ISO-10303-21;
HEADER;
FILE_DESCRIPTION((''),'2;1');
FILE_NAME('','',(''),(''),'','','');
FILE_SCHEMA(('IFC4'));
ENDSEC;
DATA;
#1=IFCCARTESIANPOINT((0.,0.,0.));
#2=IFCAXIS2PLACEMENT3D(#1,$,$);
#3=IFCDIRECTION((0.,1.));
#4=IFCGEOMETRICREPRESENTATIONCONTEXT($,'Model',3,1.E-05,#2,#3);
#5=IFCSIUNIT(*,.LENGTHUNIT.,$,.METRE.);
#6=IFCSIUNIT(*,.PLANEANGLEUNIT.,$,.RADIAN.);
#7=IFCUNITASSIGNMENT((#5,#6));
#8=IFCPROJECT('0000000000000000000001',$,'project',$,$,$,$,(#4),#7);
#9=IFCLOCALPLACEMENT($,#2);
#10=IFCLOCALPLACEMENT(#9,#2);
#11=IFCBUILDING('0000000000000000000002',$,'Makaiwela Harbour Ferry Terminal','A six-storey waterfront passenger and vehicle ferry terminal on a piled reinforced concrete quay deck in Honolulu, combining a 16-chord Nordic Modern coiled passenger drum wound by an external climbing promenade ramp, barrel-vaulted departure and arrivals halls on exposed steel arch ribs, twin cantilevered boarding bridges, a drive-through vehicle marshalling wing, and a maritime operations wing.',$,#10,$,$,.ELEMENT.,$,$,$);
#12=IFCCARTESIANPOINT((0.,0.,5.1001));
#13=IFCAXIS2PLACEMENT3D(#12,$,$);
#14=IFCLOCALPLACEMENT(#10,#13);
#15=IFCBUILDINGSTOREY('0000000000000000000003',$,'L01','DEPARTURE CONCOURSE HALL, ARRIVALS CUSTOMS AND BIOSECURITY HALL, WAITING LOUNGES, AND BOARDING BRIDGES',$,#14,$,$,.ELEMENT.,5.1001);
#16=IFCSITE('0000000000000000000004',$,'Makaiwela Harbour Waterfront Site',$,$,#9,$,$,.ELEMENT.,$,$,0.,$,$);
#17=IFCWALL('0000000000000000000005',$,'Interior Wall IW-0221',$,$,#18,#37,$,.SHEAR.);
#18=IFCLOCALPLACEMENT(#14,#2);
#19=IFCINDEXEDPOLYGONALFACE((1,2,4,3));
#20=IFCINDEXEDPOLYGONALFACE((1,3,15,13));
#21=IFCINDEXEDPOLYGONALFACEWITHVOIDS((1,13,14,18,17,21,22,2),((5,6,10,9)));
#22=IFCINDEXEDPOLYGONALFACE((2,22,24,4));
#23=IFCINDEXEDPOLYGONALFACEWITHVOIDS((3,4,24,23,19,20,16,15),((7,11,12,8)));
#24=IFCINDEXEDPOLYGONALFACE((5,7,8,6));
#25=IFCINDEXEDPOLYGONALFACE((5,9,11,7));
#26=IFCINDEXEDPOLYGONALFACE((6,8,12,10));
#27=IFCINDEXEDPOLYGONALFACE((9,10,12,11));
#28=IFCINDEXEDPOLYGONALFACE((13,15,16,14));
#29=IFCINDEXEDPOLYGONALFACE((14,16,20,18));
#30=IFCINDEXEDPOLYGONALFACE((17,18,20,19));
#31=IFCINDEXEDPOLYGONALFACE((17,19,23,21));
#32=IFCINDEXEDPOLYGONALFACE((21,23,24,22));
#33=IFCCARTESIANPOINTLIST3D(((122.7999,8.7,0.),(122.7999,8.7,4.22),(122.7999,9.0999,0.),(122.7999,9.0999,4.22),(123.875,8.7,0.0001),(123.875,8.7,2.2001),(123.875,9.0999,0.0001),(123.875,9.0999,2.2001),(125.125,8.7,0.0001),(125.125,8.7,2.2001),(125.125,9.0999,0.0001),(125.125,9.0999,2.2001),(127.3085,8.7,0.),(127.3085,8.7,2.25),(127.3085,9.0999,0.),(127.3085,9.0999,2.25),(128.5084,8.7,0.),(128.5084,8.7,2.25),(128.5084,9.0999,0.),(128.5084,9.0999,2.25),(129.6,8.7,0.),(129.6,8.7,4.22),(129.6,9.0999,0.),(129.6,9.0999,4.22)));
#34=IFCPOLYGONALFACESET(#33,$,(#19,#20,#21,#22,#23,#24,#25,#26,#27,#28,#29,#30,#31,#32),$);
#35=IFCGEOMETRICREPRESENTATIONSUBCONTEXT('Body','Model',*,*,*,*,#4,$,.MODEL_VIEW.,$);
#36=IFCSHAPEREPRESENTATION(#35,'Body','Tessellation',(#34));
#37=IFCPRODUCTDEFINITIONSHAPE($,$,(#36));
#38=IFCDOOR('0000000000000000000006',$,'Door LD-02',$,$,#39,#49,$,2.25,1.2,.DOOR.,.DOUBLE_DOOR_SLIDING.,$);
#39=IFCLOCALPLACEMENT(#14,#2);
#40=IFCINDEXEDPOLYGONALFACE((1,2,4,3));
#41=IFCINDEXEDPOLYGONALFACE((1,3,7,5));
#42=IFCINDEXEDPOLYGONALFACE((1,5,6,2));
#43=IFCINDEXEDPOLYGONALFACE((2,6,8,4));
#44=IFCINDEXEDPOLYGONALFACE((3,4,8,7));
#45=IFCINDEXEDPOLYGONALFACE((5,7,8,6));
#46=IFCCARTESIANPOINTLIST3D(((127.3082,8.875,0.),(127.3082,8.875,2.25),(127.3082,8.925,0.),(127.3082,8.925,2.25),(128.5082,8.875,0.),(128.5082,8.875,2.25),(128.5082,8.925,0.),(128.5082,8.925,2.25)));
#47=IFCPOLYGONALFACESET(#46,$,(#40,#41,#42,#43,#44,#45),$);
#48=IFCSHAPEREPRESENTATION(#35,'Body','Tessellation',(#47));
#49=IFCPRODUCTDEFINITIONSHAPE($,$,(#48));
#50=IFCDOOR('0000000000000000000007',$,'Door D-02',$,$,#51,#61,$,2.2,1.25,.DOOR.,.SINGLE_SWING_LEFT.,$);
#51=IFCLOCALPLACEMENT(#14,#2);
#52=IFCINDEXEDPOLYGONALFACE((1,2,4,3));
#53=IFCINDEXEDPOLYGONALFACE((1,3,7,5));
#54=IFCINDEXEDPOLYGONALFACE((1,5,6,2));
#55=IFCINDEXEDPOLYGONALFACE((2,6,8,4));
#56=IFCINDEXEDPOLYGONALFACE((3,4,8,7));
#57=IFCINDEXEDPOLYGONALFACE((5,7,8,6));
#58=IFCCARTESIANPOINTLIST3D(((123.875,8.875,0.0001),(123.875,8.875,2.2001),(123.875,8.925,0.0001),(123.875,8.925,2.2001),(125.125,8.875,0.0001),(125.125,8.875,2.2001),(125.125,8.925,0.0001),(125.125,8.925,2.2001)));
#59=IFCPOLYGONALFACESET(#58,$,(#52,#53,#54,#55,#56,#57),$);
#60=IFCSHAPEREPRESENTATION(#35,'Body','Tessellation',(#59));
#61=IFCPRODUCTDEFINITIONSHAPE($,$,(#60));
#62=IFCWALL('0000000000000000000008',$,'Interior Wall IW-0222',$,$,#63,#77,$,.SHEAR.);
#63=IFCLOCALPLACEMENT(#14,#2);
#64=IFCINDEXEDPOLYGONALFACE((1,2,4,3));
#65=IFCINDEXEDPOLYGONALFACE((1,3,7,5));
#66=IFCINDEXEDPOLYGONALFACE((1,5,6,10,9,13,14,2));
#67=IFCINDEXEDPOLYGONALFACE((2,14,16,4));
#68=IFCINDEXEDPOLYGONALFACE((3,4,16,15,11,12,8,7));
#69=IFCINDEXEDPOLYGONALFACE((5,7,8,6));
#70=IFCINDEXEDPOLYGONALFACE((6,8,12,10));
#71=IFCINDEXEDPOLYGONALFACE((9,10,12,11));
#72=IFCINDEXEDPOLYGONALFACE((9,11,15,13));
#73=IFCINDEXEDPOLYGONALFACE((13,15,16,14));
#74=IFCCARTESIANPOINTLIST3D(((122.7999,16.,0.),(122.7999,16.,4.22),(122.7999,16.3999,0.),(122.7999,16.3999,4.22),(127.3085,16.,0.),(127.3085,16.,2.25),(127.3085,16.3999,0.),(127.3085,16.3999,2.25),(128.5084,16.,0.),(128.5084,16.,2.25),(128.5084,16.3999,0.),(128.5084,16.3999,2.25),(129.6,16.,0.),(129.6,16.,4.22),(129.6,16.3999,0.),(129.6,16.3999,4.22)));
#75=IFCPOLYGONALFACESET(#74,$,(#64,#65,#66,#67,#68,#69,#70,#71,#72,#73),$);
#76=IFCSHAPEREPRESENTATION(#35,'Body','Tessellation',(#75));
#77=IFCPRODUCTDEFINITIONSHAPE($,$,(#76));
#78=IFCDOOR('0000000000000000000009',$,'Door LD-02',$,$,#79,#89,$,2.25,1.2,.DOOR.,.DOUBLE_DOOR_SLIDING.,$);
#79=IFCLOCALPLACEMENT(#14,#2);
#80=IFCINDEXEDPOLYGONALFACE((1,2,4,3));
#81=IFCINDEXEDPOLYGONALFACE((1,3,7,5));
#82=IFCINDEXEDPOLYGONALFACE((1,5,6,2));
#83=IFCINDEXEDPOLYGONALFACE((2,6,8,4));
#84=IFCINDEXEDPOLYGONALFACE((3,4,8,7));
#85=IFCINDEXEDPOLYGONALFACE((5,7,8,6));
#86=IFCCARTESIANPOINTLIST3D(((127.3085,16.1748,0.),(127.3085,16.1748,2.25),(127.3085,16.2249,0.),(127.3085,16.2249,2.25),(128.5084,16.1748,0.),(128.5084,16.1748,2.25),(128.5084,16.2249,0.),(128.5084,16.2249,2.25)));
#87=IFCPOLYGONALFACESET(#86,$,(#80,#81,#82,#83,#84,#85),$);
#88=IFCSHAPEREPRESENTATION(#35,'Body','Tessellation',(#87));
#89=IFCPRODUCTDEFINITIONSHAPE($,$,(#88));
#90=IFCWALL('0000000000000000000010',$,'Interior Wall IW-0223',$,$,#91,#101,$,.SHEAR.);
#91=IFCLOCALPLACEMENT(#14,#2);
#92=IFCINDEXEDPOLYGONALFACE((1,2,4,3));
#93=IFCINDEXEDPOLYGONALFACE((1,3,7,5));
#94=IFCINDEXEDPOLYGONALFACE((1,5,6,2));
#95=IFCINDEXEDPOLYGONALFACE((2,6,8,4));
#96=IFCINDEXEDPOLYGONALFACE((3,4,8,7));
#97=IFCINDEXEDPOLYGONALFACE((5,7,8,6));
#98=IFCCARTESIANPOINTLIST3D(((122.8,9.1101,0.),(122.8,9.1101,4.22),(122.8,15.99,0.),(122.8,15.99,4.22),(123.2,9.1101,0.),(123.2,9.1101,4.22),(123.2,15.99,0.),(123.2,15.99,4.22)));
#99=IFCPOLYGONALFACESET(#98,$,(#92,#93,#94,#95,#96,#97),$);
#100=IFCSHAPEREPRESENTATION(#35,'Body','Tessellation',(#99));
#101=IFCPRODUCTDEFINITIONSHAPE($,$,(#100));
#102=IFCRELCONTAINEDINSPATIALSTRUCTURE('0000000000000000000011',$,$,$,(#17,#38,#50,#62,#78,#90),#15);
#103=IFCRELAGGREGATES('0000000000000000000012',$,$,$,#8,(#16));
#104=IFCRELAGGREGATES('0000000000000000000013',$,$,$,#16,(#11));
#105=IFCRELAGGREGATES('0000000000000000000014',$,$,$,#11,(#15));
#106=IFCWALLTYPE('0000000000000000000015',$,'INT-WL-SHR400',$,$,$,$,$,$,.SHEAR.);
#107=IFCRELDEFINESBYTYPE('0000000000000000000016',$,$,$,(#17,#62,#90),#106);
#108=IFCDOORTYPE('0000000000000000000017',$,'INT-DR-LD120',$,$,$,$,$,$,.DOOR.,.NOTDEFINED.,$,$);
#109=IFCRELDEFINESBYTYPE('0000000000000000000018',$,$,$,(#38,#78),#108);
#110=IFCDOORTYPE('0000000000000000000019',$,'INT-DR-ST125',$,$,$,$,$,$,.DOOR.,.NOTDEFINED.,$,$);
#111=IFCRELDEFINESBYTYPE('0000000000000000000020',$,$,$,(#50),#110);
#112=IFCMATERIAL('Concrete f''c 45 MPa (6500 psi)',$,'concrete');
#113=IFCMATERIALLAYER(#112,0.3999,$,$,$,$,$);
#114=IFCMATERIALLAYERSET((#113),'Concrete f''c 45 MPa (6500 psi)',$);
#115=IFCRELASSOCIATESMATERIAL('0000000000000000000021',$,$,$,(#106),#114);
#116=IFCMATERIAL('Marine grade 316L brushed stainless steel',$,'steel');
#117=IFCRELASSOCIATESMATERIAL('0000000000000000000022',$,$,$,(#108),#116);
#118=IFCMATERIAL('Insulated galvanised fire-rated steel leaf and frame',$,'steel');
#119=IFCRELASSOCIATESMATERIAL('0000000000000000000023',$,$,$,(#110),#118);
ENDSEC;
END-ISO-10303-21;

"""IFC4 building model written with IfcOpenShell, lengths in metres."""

from ifc_helpers import new_model, si_unit, direction, frame, frame_2d, origin, place, context, subcontext, project, spatial, rectangle, extrude, material, layer, layer_set, type_object, element, fill, save


model = new_model("IFC4")

# Units and contexts
model_context = context("Model", 3, precision=1e-05, world=origin(), true_north=direction((0.0, 1.0)))
body_context = subcontext(model_context, "Body", "Model", "MODEL_VIEW")
ifc_project = project(units=[si_unit("LENGTHUNIT", "METRE"), si_unit("PLANEANGLEUNIT", "RADIAN")], contexts=[model_context])

# Site, building, storey
site_placement = place(None, origin())
site = spatial("IfcSite", under=ifc_project, at=site_placement, Name="Makaiwela Harbour Waterfront Site", CompositionType="ELEMENT", RefElevation=0.0)
building_placement = place(site_placement, origin())
building = spatial("IfcBuilding", under=site, at=building_placement, Name="Makaiwela Harbour Ferry Terminal", Description="A six-storey waterfront passenger and vehicle ferry terminal on a piled reinforced concrete quay deck in Honolulu, combining a 16-chord Nordic Modern coiled passenger drum wound by an external climbing promenade ramp, barrel-vaulted departure and arrivals halls on exposed steel arch ribs, twin cantilevered boarding bridges, a drive-through vehicle marshalling wing, and a maritime operations wing.", CompositionType="ELEMENT")
storey_placement = place(building_placement, frame((0.0, 0.0, 5.1001)))
storey = spatial("IfcBuildingStorey", under=building, at=storey_placement, Name="L01", Description="DEPARTURE CONCOURSE HALL, ARRIVALS CUSTOMS AND BIOSECURITY HALL, WAITING LOUNGES, AND BOARDING BRIDGES", CompositionType="ELEMENT", Elevation=5.1001)

# Shared definitions
ifc_material_1 = material(Name="Concrete f'c 45 MPa (6500 psi)", Category="concrete")

# Wall, openings, doors
ifc_layer_1 = layer(ifc_material_1, 0.3999)
ifc_layer_set_1 = layer_set([ifc_layer_1], Name="Concrete f'c 45 MPa (6500 psi)")
wall_type_1 = type_object("IfcWallType", Name="INT-WL-SHR400", PredefinedType="SHEAR", material=ifc_layer_set_1)
wall_1_placement = place(storey_placement, frame((122.8, 8.8999, 0.0), z_axis=(0.0, 0.0, 1.0), x_axis=(1.0, 0.0, 0.0)))
wall_1 = element("IfcWall", 1, at=wall_1_placement, inside=storey, type_object=wall_type_1, Name="Interior Wall IW-0221", PredefinedType="SHEAR", context=body_context, shape_type="SweptSolid", body=[
    extrude(rectangle(XDim=6.8, YDim=0.3999, at=frame_2d((3.3999, 0.0))), origin(), (0.0, 0.0, 1.0), 4.22),
])
opening_1_placement = place(wall_1_placement, frame((1.075, 0.0, 0.0)))
opening_1 = element("IfcOpeningElement", 2, at=opening_1_placement, cuts=wall_1, PredefinedType="OPENING", context=body_context, shape_type="SweptSolid", body=[
    extrude(rectangle(XDim=1.25, YDim=2.2, at=frame_2d((0.625, 1.1001))), frame((0.0, 0.21, 0.0), z_axis=(0.0, -1.0, 0.0), x_axis=(1.0, 0.0, 0.0)), (0.0, 0.0, 1.0), 0.4199),
])
opening_2_placement = place(wall_1_placement, frame((4.5083, 0.0, 0.0)))
opening_2 = element("IfcOpeningElement", 3, at=opening_2_placement, cuts=wall_1, PredefinedType="OPENING", context=body_context, shape_type="SweptSolid", body=[
    extrude(rectangle(XDim=1.2, YDim=2.25, at=frame_2d((0.6001, 1.125))), frame((0.0, 0.21, 0.0), z_axis=(0.0, -1.0, 0.0), x_axis=(1.0, 0.0, 0.0)), (0.0, 0.0, 1.0), 0.4199),
])
ifc_material_2 = material(Name="Marine grade 316L brushed stainless steel", Category="steel")
door_type_1 = type_object("IfcDoorType", Name="INT-DR-LD120", OperationType="NOTDEFINED", PredefinedType="DOOR", material=ifc_material_2)
door_1_placement = place(opening_2_placement, frame((1.2, 0.0, 0.0), z_axis=(0.0, 0.0, 1.0), x_axis=(-1.0, 0.0, 0.0)))
door_1 = element("IfcDoor", 4, at=door_1_placement, inside=storey, type_object=door_type_1, Name="Door LD-02", OperationType="DOUBLE_DOOR_SLIDING", OverallHeight=2.25, OverallWidth=1.2, PredefinedType="DOOR", context=body_context, shape_type="SweptSolid", body=[
    extrude(rectangle(XDim=1.2, YDim=2.25, at=frame_2d((0.6001, 1.125))), frame((0.0, 0.0249, 0.0), z_axis=(0.0, -1.0, 0.0), x_axis=(1.0, 0.0, 0.0)), (0.0, 0.0, 1.0), 0.05),
])
fill(opening_2, door_1)
ifc_material_3 = material(Name="Insulated galvanised fire-rated steel leaf and frame", Category="steel")
door_type_2 = type_object("IfcDoorType", Name="INT-DR-ST125", OperationType="NOTDEFINED", PredefinedType="DOOR", material=ifc_material_3)
door_2_placement = place(opening_1_placement, frame((1.25, 0.0, 0.0), z_axis=(0.0, 0.0, 1.0), x_axis=(-1.0, 0.0, 0.0)))
door_2 = element("IfcDoor", 5, at=door_2_placement, inside=storey, type_object=door_type_2, Name="Door D-02", OperationType="SINGLE_SWING_LEFT", OverallHeight=2.2, OverallWidth=1.25, PredefinedType="DOOR", context=body_context, shape_type="SweptSolid", body=[
    extrude(rectangle(XDim=1.25, YDim=2.2, at=frame_2d((0.625, 1.1001))), frame((0.0, 0.0249, 0.0), z_axis=(0.0, -1.0, 0.0), x_axis=(1.0, 0.0, 0.0)), (0.0, 0.0, 1.0), 0.05),
])
fill(opening_1, door_2)

# Wall, opening, door
wall_2_placement = place(storey_placement, frame((122.8, 16.2, 0.0), z_axis=(0.0, 0.0, 1.0), x_axis=(1.0, 0.0, 0.0)))
wall_2 = element("IfcWall", 6, at=wall_2_placement, inside=storey, type_object=wall_type_1, Name="Interior Wall IW-0222", PredefinedType="SHEAR", context=body_context, shape_type="SweptSolid", body=[
    extrude(rectangle(XDim=6.8, YDim=0.3999, at=frame_2d((3.3999, 0.0))), origin(), (0.0, 0.0, 1.0), 4.22),
])
opening_3_placement = place(wall_2_placement, frame((4.5083, 0.0, 0.0)))
opening_3 = element("IfcOpeningElement", 7, at=opening_3_placement, cuts=wall_2, PredefinedType="OPENING", context=body_context, shape_type="SweptSolid", body=[
    extrude(rectangle(XDim=1.2, YDim=2.25, at=frame_2d((0.6001, 1.125))), frame((0.0, 0.21, 0.0), z_axis=(0.0, -1.0, 0.0), x_axis=(1.0, 0.0, 0.0)), (0.0, 0.0, 1.0), 0.4199),
])
door_3_placement = place(opening_3_placement, origin())
door_3 = element("IfcDoor", 8, at=door_3_placement, inside=storey, type_object=door_type_1, Name="Door LD-02", OperationType="DOUBLE_DOOR_SLIDING", OverallHeight=2.25, OverallWidth=1.2, PredefinedType="DOOR", context=body_context, shape_type="SweptSolid", body=[
    extrude(rectangle(XDim=1.2, YDim=2.25, at=frame_2d((0.6001, 1.125))), frame((0.0, 0.0249, 0.0), z_axis=(0.0, -1.0, 0.0), x_axis=(1.0, 0.0, 0.0)), (0.0, 0.0, 1.0), 0.05),
])
fill(opening_3, door_3)

# Wall
wall_3_placement = place(storey_placement, frame((123.0, 9.1101, 0.0), z_axis=(0.0, 0.0, 1.0), x_axis=(0.0, 1.0, 0.0)))
element("IfcWall", 9, at=wall_3_placement, inside=storey, type_object=wall_type_1, Name="Interior Wall IW-0223", PredefinedType="SHEAR", context=body_context, shape_type="SweptSolid", body=[
    extrude(rectangle(XDim=6.8799, YDim=0.3999, at=frame_2d((3.4399, 0.0))), origin(), (0.0, 0.0, 1.0), 4.22),
])

save(model, "model.ifc")
